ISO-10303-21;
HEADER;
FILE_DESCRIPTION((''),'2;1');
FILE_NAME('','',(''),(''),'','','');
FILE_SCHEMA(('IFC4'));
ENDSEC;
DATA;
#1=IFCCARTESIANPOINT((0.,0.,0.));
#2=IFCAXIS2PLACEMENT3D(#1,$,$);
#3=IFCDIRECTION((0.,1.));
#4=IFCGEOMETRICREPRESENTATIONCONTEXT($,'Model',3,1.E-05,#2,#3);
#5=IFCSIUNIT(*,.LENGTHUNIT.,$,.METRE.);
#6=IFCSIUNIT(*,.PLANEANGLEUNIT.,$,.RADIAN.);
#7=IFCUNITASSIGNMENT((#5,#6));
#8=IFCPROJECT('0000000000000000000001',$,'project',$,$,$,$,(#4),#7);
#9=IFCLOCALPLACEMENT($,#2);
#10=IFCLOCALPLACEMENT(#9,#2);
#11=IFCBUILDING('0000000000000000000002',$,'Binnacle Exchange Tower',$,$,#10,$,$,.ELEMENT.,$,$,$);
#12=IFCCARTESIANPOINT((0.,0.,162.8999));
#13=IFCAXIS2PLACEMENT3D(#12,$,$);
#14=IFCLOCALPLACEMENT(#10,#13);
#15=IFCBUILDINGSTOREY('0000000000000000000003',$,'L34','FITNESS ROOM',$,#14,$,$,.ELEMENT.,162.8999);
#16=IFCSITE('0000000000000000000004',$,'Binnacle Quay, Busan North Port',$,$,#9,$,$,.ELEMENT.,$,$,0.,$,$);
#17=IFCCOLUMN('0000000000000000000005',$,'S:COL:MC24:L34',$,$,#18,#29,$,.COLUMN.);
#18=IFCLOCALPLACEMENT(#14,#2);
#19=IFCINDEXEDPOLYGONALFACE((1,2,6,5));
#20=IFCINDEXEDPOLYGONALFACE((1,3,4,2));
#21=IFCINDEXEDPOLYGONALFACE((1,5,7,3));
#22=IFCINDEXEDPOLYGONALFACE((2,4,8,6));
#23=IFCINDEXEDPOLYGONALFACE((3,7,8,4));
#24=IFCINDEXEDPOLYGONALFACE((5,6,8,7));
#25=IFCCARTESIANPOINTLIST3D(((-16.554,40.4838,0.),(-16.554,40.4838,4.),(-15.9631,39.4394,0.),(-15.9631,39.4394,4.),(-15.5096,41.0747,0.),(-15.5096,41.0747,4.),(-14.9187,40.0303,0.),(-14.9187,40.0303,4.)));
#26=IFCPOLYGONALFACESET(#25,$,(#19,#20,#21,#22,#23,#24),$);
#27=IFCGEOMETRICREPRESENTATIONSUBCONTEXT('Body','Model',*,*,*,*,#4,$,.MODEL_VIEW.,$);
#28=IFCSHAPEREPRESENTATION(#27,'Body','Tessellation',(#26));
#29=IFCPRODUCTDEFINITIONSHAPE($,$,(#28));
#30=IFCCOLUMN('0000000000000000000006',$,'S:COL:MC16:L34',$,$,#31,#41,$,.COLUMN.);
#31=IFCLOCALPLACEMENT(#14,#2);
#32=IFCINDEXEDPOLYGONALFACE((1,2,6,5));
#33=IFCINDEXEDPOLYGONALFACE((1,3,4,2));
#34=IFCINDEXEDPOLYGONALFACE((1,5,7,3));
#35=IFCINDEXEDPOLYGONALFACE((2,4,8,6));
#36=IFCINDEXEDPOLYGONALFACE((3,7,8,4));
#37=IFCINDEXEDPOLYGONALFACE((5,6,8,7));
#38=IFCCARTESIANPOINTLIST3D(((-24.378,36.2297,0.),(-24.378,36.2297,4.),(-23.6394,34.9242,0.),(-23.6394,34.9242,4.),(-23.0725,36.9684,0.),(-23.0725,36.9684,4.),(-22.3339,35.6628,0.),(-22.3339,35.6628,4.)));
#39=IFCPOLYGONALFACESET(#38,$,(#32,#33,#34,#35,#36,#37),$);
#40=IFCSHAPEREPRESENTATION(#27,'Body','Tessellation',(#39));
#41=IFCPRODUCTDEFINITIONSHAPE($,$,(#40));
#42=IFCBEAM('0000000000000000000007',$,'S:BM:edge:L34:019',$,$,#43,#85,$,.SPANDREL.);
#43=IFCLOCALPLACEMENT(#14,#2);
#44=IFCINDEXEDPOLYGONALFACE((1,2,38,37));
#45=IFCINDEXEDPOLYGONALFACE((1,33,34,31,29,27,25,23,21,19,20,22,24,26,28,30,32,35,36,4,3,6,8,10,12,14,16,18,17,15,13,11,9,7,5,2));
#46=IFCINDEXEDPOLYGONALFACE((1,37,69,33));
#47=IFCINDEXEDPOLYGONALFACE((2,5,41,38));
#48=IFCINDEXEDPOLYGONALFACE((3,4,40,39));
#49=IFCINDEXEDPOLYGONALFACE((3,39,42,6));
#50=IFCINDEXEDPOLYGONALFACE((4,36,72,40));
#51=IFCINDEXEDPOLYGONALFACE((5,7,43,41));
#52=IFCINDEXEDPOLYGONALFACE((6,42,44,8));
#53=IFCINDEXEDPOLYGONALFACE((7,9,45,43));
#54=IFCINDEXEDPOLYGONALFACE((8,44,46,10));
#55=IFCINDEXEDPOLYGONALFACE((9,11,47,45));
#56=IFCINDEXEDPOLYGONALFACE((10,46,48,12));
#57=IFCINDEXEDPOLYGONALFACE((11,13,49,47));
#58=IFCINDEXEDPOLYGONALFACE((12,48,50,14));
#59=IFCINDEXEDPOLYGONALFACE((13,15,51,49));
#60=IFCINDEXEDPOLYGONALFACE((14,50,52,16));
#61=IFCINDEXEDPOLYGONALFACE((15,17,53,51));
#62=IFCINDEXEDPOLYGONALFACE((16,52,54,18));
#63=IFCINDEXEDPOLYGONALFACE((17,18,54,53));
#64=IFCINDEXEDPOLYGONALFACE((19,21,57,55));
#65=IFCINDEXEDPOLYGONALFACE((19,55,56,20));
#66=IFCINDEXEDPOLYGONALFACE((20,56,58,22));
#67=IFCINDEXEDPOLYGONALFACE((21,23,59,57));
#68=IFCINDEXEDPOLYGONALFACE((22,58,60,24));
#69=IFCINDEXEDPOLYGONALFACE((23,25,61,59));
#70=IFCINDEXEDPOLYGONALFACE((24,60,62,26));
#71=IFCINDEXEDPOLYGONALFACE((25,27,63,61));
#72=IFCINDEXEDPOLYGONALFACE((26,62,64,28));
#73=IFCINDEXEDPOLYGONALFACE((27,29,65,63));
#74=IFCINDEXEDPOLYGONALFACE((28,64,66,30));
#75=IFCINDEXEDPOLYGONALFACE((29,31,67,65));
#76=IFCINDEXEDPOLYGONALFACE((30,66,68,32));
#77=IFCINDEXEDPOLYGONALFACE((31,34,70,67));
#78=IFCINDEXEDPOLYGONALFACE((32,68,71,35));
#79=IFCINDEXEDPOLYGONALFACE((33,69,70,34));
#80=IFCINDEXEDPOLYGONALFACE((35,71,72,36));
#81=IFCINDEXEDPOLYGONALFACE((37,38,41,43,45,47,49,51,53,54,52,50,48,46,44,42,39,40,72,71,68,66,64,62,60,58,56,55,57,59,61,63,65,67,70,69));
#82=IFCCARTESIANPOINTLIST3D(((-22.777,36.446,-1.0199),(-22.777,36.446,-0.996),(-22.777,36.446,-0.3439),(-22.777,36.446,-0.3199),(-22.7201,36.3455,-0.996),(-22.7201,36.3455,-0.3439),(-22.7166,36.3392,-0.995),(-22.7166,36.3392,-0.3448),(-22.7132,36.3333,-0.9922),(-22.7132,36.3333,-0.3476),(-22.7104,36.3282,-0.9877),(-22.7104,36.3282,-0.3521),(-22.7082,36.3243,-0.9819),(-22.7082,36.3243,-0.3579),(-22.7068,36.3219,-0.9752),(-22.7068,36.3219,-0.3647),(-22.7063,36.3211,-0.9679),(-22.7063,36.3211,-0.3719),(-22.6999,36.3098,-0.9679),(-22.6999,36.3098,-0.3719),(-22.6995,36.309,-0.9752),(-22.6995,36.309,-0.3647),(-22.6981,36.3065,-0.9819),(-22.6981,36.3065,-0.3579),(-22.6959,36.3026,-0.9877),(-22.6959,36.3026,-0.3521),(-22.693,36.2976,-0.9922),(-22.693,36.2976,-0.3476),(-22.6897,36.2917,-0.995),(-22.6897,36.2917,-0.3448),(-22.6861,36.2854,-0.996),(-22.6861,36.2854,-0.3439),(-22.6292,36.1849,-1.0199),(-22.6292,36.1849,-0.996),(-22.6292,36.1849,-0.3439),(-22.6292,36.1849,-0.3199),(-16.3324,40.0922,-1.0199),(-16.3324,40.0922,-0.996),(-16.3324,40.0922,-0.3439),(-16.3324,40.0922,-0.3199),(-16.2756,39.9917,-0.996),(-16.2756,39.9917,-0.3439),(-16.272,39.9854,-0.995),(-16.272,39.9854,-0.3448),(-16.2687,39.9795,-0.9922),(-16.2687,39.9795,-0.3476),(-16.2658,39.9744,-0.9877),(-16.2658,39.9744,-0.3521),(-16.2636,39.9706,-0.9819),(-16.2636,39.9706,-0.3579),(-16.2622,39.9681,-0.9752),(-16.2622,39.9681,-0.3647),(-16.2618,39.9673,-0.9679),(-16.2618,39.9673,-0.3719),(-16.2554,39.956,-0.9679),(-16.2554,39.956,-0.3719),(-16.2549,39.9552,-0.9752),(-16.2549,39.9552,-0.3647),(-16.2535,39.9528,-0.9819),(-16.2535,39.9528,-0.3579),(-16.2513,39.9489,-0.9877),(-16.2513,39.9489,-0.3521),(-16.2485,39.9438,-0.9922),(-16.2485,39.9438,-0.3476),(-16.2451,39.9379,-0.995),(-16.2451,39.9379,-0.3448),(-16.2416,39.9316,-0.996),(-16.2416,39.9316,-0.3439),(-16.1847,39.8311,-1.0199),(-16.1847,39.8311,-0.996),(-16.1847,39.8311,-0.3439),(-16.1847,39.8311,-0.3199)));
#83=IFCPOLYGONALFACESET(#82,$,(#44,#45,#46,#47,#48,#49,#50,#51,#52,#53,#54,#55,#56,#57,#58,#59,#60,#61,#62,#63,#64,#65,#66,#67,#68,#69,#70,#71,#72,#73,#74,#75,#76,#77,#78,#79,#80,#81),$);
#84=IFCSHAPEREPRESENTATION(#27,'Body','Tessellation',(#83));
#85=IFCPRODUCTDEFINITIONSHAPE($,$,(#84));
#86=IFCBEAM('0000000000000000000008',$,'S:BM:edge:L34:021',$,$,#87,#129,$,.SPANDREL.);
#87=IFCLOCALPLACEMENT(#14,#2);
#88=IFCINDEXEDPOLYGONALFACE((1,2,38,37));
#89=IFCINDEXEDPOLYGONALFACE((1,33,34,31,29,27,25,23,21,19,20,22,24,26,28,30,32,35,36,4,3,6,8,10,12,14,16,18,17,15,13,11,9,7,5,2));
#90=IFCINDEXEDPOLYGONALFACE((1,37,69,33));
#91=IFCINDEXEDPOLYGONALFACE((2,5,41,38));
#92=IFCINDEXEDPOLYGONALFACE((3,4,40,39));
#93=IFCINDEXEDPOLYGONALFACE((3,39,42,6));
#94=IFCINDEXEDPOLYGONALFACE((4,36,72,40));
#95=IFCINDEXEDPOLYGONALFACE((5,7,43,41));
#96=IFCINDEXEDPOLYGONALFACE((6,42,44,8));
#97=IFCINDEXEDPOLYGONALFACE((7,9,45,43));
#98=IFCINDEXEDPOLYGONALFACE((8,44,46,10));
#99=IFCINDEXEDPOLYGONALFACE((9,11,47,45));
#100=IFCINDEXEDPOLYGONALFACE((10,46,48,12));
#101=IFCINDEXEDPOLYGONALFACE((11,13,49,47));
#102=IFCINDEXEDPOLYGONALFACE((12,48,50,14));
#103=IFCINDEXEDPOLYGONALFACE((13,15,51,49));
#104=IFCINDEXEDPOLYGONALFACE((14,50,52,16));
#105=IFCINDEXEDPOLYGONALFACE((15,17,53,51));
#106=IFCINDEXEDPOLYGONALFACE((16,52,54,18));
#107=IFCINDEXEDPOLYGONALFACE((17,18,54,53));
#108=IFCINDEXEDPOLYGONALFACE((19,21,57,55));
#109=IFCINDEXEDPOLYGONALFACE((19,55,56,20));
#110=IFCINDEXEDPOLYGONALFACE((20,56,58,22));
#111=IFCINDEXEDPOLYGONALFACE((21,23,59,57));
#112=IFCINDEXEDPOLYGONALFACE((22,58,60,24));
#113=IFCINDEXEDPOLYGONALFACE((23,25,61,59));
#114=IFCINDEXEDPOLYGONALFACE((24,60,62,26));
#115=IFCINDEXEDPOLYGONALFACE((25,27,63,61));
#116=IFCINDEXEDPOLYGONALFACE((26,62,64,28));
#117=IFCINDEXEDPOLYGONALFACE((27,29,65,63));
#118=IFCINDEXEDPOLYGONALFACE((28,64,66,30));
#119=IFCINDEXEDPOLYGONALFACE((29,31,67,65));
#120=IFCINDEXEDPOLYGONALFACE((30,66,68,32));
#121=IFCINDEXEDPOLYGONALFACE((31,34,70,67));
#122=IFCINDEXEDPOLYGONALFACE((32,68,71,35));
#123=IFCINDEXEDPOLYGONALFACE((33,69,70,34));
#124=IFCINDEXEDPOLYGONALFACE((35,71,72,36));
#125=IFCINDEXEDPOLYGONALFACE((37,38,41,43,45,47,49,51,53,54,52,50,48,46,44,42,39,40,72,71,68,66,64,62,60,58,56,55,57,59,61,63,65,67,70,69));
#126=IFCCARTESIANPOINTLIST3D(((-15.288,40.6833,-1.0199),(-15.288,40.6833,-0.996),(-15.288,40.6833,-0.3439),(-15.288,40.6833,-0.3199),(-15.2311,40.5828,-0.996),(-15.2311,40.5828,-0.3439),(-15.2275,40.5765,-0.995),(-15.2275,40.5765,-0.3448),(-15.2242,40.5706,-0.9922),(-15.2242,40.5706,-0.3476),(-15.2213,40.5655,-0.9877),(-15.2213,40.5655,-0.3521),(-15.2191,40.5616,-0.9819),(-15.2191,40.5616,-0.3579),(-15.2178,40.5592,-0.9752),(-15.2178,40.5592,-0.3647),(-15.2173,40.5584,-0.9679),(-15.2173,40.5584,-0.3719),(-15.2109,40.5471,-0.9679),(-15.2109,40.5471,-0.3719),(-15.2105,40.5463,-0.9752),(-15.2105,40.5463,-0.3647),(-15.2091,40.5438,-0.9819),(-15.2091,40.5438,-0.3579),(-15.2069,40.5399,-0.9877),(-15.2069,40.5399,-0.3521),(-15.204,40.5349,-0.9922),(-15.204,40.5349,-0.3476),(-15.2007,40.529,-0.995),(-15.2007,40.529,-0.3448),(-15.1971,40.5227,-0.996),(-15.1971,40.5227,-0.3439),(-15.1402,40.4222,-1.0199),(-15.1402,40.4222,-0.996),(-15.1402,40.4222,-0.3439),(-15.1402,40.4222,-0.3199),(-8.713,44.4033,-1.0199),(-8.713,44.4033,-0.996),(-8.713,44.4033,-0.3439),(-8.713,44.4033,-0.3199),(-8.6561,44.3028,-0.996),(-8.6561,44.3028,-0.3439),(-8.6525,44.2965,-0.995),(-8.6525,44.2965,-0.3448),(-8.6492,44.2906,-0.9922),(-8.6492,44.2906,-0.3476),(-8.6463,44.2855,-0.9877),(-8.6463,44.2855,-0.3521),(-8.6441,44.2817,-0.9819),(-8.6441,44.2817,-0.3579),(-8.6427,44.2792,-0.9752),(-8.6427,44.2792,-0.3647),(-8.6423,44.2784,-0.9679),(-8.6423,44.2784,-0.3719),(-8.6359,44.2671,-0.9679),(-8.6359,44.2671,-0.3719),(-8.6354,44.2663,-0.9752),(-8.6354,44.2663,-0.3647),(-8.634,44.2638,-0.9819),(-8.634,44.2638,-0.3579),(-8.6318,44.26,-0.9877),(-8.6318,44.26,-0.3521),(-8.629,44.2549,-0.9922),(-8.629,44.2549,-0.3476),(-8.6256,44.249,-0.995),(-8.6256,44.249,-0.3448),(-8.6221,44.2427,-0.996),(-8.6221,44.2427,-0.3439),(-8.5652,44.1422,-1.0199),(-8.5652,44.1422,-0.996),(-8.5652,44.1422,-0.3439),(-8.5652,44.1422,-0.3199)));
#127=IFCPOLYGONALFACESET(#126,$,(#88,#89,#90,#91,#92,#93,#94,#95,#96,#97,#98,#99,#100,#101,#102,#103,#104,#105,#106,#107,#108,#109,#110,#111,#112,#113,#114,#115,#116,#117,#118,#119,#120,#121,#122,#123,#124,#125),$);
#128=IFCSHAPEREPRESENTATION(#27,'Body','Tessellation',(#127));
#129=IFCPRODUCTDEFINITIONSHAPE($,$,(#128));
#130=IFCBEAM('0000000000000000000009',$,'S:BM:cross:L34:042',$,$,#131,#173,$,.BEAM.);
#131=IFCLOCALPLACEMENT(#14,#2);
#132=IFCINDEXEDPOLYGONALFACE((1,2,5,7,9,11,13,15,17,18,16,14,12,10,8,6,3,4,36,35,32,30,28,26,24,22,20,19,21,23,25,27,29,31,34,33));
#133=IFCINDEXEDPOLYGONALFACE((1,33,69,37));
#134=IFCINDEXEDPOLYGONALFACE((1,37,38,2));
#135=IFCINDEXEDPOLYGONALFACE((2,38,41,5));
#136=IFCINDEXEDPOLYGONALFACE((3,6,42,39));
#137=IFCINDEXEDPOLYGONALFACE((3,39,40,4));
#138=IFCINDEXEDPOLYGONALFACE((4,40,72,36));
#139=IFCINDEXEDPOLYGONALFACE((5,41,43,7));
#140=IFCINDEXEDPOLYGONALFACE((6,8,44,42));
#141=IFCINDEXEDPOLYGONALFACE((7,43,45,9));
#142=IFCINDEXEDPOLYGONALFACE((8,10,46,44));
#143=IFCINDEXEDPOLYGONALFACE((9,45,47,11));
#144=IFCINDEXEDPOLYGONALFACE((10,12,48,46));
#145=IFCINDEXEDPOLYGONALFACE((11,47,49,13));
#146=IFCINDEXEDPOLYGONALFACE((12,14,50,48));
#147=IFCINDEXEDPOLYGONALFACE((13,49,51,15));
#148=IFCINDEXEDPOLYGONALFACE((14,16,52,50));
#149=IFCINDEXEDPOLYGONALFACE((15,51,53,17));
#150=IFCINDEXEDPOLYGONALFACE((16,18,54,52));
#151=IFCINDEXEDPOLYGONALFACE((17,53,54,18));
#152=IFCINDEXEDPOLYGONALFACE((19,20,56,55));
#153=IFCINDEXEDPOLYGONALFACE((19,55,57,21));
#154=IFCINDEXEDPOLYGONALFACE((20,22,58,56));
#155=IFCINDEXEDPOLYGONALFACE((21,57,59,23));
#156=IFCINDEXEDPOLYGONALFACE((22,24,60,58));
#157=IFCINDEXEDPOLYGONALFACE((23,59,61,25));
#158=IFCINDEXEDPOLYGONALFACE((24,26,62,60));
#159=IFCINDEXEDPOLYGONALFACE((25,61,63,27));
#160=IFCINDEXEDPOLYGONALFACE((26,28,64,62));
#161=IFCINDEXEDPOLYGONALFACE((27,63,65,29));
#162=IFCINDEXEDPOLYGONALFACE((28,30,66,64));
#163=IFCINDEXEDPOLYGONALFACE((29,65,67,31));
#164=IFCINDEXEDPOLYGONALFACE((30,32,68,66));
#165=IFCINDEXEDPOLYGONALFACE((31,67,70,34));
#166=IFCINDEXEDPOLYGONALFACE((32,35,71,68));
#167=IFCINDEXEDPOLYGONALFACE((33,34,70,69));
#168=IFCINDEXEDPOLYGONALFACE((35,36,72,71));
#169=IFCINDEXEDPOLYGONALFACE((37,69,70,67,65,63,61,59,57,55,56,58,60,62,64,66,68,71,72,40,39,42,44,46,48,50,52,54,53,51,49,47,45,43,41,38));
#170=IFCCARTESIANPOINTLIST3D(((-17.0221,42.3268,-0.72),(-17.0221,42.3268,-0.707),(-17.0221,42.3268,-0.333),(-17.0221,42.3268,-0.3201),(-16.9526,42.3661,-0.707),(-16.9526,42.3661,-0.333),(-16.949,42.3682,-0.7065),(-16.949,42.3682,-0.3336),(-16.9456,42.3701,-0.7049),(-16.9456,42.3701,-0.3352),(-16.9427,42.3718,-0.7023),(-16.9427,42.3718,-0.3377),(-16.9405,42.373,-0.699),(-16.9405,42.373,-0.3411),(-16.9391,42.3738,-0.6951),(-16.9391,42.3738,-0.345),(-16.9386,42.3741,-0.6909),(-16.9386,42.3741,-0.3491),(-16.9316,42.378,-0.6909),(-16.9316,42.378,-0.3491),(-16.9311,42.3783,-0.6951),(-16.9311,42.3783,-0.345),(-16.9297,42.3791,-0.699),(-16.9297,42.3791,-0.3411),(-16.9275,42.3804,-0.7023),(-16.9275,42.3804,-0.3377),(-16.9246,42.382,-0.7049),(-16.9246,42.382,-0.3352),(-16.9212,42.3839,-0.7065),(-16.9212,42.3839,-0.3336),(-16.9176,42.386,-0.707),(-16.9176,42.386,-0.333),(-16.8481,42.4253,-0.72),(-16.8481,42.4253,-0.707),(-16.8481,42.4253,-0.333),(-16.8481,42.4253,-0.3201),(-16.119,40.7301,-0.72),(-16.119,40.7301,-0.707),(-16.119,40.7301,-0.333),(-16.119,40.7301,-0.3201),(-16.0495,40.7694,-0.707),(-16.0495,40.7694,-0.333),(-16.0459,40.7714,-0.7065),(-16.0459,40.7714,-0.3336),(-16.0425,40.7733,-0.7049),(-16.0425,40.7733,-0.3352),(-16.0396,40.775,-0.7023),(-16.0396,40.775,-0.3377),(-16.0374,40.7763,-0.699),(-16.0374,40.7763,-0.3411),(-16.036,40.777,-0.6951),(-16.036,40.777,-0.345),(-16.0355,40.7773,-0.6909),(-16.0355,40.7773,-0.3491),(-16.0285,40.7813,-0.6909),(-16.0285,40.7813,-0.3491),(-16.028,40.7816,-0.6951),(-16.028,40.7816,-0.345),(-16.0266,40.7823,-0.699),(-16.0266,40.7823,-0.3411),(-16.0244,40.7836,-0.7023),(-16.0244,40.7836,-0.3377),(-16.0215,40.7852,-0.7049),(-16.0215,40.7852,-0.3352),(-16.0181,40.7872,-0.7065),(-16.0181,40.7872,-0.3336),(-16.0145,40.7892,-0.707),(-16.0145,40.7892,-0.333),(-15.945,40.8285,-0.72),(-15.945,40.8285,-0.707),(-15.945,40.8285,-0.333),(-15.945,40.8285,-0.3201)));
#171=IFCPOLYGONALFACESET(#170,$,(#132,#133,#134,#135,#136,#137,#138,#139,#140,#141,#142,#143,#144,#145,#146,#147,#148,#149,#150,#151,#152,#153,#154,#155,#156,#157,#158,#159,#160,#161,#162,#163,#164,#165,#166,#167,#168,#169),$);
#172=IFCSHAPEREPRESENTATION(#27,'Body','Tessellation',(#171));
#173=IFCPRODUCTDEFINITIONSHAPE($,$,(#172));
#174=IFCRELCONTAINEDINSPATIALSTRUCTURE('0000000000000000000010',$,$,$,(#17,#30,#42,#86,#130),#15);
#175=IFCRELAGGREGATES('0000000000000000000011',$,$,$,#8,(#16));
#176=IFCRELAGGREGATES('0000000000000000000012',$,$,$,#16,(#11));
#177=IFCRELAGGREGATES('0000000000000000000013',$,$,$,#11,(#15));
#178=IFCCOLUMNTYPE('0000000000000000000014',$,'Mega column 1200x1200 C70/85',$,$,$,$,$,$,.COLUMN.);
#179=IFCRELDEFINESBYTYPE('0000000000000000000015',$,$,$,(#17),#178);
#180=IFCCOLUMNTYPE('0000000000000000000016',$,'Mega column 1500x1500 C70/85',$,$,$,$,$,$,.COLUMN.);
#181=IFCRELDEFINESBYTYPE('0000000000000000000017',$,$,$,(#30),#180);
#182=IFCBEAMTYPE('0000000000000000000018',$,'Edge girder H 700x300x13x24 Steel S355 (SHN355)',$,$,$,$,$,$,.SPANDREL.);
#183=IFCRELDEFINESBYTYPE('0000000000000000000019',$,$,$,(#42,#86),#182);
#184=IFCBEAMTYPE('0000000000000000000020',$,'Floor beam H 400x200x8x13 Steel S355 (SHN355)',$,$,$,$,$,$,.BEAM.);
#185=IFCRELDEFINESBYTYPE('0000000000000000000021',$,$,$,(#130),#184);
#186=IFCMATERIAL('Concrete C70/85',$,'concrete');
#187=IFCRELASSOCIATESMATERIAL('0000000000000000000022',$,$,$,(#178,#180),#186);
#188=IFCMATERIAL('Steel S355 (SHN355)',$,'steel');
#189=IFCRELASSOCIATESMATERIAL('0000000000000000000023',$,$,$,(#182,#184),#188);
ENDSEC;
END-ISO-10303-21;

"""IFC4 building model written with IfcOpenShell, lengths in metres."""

from ifc_helpers import new_model, si_unit, direction, frame, origin, origin_2d, place, context, subcontext, project, spatial, rectangle, i_section, extrude, material, material_profile, profile_set, type_object, element, save


model = new_model("IFC4")

# Units and contexts
model_context = context("Model", 3, precision=1e-05, world=origin(), true_north=direction((0.0, 1.0)))
body_context = subcontext(model_context, "Body", "Model", "MODEL_VIEW")
ifc_project = project(units=[si_unit("LENGTHUNIT", "METRE"), si_unit("PLANEANGLEUNIT", "RADIAN")], contexts=[model_context])

# Site, building, storey
site_placement = place(None, origin())
site = spatial("IfcSite", under=ifc_project, at=site_placement, Name="Binnacle Quay, Busan North Port", CompositionType="ELEMENT", RefElevation=0.0)
building_placement = place(site_placement, origin())
building = spatial("IfcBuilding", under=site, at=building_placement, Name="Binnacle Exchange Tower", CompositionType="ELEMENT")
storey_placement = place(building_placement, frame((0.0, 0.0, 162.8999)))
storey = spatial("IfcBuildingStorey", under=building, at=storey_placement, Name="L34", Description="FITNESS ROOM", CompositionType="ELEMENT", Elevation=162.8999)

# Columns
ifc_material_1 = material(Name="Concrete C70/85", Category="concrete")
ifc_material_profile_1 = material_profile(ifc_material_1, rectangle(XDim=1.2, YDim=1.2, at=origin_2d()), Name="Mega column 1200x1200 C70/85")
ifc_profile_set_1 = profile_set([ifc_material_profile_1], Name="Concrete C70/85")
column_type_1 = type_object("IfcColumnType", Name="Mega column 1200x1200 C70/85", PredefinedType="COLUMN", material=ifc_profile_set_1)
column_1_placement = place(storey_placement, frame((-15.7363, 40.2571, 0.0), z_axis=(0.0, 0.0, 1.0), x_axis=(0.870356, 0.492424, 0.0)))
element("IfcColumn", 1, at=column_1_placement, inside=storey, type_object=column_type_1, Name="S:COL:MC24:L34", PredefinedType="COLUMN", context=body_context, shape_type="SweptSolid", body=[
    extrude(rectangle(XDim=1.2, YDim=1.2, at=origin_2d()), origin(), (0.0, 0.0, 1.0), 4.0),
])
ifc_material_profile_2 = material_profile(ifc_material_1, rectangle(XDim=1.5, YDim=1.5, at=origin_2d()), Name="Mega column 1500x1500 C70/85")
ifc_profile_set_2 = profile_set([ifc_material_profile_2], Name="Concrete C70/85")
column_type_2 = type_object("IfcColumnType", Name="Mega column 1500x1500 C70/85", PredefinedType="COLUMN", material=ifc_profile_set_2)
column_2_placement = place(storey_placement, frame((-23.356, 35.9463, 0.0), z_axis=(0.0, 0.0, 1.0), x_axis=(0.870356, 0.492424, 0.0)))
element("IfcColumn", 2, at=column_2_placement, inside=storey, type_object=column_type_2, Name="S:COL:MC16:L34", PredefinedType="COLUMN", context=body_context, shape_type="SweptSolid", body=[
    extrude(rectangle(XDim=1.5, YDim=1.5, at=origin_2d()), origin(), (0.0, 0.0, 1.0), 4.0),
])

# Beams
ifc_material_2 = material(Name="Steel S355 (SHN355)", Category="steel")
ifc_material_profile_3 = material_profile(ifc_material_2, i_section(OverallWidth=0.3, OverallDepth=0.7, WebThickness=0.0129, FlangeThickness=0.0239, FilletRadius=0.0281, at=origin_2d()), Name="H 700x300x13x24")
ifc_profile_set_3 = profile_set([ifc_material_profile_3], Name="Steel S355 (SHN355)")
beam_type_1 = type_object("IfcBeamType", Name="Edge girder H 700x300x13x24 Steel S355 (SHN355)", PredefinedType="SPANDREL", material=ifc_profile_set_3)
beam_1_placement = place(storey_placement, frame((-22.7031, 36.3154, -0.6699), z_axis=(0.870352, 0.492431, 0.0), x_axis=(-0.492431, 0.870352, 0.0)))
element("IfcBeam", 3, at=beam_1_placement, inside=storey, type_object=beam_type_1, Name="S:BM:edge:L34:019", PredefinedType="SPANDREL", context=body_context, shape_type="SweptSolid", body=[
    extrude(i_section(OverallWidth=0.3, OverallDepth=0.7, WebThickness=0.0129, FlangeThickness=0.0239, FilletRadius=0.0281, at=origin_2d()), origin(), (0.0, 0.0, 1.0), 7.4045),
])
beam_2_placement = place(storey_placement, frame((-15.2141, 40.5527, -0.6699), z_axis=(0.870353, 0.492428, 0.0), x_axis=(-0.492428, 0.870353, 0.0)))
element("IfcBeam", 4, at=beam_2_placement, inside=storey, type_object=beam_type_1, Name="S:BM:edge:L34:021", PredefinedType="SPANDREL", context=body_context, shape_type="SweptSolid", body=[
    extrude(i_section(OverallWidth=0.3, OverallDepth=0.7, WebThickness=0.0129, FlangeThickness=0.0239, FilletRadius=0.0281, at=origin_2d()), origin(), (0.0, 0.0, 1.0), 7.5544),
])
ifc_material_profile_4 = material_profile(ifc_material_2, i_section(OverallWidth=0.2, OverallDepth=0.3999, WebThickness=0.0081, FlangeThickness=0.0129, FilletRadius=0.0161, at=origin_2d()), Name="H 400x200x8x13")
ifc_profile_set_4 = profile_set([ifc_material_profile_4], Name="Steel S355 (SHN355)")
beam_type_2 = type_object("IfcBeamType", Name="Floor beam H 400x200x8x13 Steel S355 (SHN355)", PredefinedType="BEAM", material=ifc_profile_set_4)
beam_3_placement = place(storey_placement, frame((-16.032, 40.7793, -0.52), z_axis=(-0.492307, 0.870422, 0.0), x_axis=(-0.870422, -0.492307, 0.0)))
element("IfcBeam", 5, at=beam_3_placement, inside=storey, type_object=beam_type_2, Name="S:BM:cross:L34:042", PredefinedType="BEAM", context=body_context, shape_type="SweptSolid", body=[
    extrude(i_section(OverallWidth=0.2, OverallDepth=0.3999, WebThickness=0.0081, FlangeThickness=0.0129, FilletRadius=0.0161, at=origin_2d()), origin(), (0.0, 0.0, 1.0), 1.8345),
])

save(model, "model.ifc")
